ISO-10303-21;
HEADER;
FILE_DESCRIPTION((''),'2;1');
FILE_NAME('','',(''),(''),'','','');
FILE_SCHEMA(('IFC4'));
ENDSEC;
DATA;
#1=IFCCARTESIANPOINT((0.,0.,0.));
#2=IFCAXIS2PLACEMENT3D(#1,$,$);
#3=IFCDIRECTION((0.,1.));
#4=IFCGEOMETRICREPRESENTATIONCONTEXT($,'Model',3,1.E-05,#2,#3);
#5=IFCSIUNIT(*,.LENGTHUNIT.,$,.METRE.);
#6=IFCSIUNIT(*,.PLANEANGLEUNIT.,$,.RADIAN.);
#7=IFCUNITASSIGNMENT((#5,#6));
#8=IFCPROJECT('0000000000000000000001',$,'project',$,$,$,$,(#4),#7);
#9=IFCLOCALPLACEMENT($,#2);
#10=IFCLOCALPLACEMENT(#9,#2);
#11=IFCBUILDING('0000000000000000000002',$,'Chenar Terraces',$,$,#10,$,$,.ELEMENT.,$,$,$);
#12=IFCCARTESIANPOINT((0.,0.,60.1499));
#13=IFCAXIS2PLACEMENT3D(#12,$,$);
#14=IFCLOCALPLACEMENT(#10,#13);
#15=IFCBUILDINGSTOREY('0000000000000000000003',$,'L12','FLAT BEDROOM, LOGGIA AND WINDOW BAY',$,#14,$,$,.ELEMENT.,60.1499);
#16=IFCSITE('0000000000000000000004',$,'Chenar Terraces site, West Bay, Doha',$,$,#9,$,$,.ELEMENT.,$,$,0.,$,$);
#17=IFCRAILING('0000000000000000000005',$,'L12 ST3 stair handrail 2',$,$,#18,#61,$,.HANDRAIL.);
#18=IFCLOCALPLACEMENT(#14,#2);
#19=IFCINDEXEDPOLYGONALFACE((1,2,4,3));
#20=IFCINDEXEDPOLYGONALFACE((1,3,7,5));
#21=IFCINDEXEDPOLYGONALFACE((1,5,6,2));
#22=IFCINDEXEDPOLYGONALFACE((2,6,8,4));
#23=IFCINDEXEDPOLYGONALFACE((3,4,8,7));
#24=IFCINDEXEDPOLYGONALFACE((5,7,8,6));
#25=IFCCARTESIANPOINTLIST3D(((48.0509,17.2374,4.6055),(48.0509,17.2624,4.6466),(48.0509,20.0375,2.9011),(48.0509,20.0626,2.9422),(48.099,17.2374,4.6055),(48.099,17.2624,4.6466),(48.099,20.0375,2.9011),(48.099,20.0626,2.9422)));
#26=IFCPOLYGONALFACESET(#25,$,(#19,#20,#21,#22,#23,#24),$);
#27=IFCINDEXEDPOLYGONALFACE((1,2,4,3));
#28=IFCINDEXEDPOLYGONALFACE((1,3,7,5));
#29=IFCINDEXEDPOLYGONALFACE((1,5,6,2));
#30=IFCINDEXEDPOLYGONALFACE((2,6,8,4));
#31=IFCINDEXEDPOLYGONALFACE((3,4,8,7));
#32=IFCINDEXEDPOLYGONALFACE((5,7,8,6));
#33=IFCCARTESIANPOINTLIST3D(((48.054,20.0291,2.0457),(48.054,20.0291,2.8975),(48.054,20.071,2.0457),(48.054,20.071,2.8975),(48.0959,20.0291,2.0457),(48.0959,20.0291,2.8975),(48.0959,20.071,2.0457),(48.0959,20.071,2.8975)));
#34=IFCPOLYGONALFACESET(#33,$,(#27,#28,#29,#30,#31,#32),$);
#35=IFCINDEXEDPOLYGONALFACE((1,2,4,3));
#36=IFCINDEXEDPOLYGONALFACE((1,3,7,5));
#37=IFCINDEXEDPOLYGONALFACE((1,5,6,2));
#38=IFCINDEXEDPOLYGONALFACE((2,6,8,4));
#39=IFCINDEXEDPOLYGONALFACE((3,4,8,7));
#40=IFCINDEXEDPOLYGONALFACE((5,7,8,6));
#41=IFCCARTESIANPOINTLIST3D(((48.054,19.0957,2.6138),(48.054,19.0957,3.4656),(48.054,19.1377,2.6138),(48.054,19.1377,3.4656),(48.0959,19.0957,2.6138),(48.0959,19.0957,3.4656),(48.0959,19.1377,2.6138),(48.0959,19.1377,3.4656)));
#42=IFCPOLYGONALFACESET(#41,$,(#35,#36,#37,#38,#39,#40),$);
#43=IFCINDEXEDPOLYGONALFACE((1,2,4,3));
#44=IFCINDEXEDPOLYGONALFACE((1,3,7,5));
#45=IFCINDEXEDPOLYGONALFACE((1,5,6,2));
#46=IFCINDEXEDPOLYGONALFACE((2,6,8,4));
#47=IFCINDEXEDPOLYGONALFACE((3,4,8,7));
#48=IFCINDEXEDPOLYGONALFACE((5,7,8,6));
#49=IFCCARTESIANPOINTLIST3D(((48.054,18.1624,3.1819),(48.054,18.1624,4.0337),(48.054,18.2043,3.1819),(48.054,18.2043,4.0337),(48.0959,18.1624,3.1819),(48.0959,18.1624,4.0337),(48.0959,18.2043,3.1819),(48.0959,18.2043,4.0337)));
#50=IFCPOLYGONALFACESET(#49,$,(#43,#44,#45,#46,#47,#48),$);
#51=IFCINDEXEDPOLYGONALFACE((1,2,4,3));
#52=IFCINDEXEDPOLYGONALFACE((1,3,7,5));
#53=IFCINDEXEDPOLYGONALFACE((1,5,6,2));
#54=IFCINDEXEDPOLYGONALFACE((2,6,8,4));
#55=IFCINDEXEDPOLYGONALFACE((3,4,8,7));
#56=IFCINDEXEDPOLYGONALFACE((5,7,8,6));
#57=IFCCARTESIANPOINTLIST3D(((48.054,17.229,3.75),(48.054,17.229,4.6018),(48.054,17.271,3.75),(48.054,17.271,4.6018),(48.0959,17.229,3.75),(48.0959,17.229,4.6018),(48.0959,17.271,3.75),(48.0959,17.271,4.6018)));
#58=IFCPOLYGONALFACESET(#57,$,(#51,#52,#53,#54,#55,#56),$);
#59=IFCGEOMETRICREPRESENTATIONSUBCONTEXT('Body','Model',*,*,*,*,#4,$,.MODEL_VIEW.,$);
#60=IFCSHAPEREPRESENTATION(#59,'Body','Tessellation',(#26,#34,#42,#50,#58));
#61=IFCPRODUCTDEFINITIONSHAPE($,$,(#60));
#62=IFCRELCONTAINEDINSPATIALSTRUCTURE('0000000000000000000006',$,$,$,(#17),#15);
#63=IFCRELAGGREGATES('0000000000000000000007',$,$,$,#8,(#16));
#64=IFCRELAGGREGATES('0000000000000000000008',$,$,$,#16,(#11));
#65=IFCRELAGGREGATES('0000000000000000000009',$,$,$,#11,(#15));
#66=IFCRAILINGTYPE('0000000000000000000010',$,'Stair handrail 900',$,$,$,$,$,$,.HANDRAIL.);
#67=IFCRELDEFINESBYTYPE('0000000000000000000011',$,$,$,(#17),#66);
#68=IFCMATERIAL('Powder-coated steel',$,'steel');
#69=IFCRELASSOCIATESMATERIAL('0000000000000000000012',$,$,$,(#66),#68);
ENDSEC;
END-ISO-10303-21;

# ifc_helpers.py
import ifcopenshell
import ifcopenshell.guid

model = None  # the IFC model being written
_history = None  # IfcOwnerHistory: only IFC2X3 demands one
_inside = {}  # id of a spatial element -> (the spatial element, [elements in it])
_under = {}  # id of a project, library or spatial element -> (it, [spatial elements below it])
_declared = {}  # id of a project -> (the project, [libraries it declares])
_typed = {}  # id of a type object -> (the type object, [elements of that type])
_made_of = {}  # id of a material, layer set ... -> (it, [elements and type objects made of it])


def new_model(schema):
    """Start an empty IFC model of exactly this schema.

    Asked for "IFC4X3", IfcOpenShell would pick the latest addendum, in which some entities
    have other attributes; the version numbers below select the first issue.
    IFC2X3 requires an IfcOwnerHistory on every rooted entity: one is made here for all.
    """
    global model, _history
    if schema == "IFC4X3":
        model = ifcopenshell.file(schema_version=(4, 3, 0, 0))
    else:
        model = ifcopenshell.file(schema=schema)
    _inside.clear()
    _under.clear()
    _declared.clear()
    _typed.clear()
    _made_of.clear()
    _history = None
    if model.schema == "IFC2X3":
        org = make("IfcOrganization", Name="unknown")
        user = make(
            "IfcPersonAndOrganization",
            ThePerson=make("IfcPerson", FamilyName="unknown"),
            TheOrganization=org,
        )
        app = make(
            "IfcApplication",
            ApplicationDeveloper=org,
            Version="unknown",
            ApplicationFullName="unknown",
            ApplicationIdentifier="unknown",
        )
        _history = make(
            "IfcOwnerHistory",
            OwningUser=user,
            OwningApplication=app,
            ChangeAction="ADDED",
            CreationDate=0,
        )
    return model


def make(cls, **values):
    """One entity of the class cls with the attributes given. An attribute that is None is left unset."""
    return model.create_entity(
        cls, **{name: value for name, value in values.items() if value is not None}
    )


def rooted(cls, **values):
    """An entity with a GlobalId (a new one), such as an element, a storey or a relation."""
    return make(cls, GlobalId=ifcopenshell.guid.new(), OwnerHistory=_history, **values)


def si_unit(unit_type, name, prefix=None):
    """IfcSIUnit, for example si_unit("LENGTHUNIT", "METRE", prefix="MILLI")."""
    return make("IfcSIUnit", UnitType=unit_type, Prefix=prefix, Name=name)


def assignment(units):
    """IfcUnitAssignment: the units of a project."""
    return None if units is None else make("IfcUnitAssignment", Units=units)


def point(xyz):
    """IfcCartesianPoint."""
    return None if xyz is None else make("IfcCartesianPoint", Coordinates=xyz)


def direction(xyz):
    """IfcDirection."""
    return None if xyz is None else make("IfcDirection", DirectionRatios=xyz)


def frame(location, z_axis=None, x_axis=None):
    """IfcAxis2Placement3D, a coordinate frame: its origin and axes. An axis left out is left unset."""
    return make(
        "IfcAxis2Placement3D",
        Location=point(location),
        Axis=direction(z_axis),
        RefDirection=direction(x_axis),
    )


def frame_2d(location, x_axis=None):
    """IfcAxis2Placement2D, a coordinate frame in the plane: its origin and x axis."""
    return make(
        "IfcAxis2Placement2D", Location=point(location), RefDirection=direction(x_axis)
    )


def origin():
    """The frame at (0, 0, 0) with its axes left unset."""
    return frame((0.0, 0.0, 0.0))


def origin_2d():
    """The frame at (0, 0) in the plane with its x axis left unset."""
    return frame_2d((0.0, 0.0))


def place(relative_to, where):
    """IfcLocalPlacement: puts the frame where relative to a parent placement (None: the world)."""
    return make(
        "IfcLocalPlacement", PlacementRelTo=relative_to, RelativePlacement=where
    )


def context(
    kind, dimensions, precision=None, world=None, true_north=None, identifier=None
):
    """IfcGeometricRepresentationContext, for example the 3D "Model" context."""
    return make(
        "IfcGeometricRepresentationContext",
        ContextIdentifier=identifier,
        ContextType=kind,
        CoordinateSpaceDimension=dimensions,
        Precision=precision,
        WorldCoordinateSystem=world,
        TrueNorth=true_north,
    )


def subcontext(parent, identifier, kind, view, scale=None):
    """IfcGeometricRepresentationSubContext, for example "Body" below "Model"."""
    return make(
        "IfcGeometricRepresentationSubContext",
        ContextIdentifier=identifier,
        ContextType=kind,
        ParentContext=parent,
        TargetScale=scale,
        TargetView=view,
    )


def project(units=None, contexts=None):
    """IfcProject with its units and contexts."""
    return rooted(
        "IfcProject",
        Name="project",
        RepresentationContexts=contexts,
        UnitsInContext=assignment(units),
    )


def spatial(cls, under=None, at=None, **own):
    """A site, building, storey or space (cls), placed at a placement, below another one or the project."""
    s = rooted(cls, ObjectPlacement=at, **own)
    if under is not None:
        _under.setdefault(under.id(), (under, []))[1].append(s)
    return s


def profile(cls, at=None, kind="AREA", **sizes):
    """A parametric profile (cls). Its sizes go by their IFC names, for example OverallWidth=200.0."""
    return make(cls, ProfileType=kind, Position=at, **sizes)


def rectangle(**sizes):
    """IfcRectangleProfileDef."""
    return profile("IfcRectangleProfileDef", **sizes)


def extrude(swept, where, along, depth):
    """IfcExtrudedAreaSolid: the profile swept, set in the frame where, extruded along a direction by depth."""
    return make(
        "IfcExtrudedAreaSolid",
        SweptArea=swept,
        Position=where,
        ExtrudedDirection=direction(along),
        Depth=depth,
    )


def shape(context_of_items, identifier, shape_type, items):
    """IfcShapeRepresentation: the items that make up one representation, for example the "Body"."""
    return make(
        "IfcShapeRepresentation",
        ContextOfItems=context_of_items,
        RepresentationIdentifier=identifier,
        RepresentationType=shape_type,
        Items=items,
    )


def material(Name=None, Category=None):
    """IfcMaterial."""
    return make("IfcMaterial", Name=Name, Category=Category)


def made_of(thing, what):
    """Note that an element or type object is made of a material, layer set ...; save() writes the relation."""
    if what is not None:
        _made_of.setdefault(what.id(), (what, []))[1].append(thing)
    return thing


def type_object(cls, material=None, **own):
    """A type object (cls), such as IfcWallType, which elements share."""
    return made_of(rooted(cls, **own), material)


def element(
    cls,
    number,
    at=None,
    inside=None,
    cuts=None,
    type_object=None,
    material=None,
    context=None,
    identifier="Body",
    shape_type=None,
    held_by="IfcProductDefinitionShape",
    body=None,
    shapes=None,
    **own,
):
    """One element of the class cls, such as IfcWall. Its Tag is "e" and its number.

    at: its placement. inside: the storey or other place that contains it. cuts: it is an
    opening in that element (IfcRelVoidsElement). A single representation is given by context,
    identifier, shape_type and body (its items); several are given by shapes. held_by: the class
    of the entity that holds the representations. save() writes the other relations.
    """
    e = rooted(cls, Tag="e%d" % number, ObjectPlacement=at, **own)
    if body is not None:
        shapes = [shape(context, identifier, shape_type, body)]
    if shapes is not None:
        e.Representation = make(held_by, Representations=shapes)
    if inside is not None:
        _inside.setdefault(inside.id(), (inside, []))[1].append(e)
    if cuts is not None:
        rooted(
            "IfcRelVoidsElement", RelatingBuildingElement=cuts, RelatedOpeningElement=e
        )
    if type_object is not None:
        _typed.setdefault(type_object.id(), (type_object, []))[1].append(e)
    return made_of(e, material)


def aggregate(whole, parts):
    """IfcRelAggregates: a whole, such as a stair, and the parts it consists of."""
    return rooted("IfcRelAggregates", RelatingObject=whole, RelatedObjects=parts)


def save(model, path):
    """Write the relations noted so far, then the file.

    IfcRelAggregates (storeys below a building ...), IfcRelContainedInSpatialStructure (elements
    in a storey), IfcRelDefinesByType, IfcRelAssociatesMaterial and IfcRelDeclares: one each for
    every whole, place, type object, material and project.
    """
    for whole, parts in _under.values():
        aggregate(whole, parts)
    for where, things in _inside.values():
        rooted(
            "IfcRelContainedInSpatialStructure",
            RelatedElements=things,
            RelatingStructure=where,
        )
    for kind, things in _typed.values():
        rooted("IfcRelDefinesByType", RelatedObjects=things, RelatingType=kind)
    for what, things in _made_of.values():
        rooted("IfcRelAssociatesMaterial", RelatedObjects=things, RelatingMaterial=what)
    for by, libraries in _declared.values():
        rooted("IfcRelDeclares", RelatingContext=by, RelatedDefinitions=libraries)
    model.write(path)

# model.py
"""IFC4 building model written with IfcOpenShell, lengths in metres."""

from ifc_helpers import new_model, si_unit, direction, frame, origin, origin_2d, place, context, subcontext, project, spatial, rectangle, extrude, material, type_object, element, save


model = new_model("IFC4")

# Units and contexts
model_context = context("Model", 3, precision=1e-05, world=origin(), true_north=direction((0.0, 1.0)))
body_context = subcontext(model_context, "Body", "Model", "MODEL_VIEW")
ifc_project = project(units=[si_unit("LENGTHUNIT", "METRE"), si_unit("PLANEANGLEUNIT", "RADIAN")], contexts=[model_context])

# Site, building, storey
site_placement = place(None, origin())
site = spatial("IfcSite", under=ifc_project, at=site_placement, Name="Chenar Terraces site, West Bay, Doha", CompositionType="ELEMENT", RefElevation=0.0)
building_placement = place(site_placement, origin())
building = spatial("IfcBuilding", under=site, at=building_placement, Name="Chenar Terraces", CompositionType="ELEMENT")
storey_placement = place(building_placement, frame((0.0, 0.0, 60.1499)))
storey = spatial("IfcBuildingStorey", under=building, at=storey_placement, Name="L12", Description="FLAT BEDROOM, LOGGIA AND WINDOW BAY", CompositionType="ELEMENT", Elevation=60.1499)

# Railing
ifc_material_1 = material(Name="Powder-coated steel", Category="steel")
railing_type_1 = type_object("IfcRailingType", Name="Stair handrail 900", PredefinedType="HANDRAIL", material=ifc_material_1)
railing_1_placement = place(storey_placement, frame((48.075, 20.05, 2.0457)))
element("IfcRailing", 1, at=railing_1_placement, inside=storey, type_object=railing_type_1, Name="L12 ST3 stair handrail 2", PredefinedType="HANDRAIL", context=body_context, shape_type="SweptSolid", body=[
    extrude(rectangle(XDim=0.0481, YDim=0.0481, at=origin_2d()), frame((0.0, 0.0, 0.876), z_axis=(0.0, -0.854203, 0.51994), x_axis=(1.0, 0.0, 0.0)), (0.0, 0.0, 1.0), 3.2781),
    extrude(rectangle(XDim=0.042, YDim=0.042, at=origin_2d()), origin(), (0.0, 0.0, 1.0), 0.8518),
    extrude(rectangle(XDim=0.042, YDim=0.042, at=origin_2d()), frame((0.0, -0.9333, 0.5681)), (0.0, 0.0, 1.0), 0.8518),
    extrude(rectangle(XDim=0.042, YDim=0.042, at=origin_2d()), frame((0.0, -1.8667, 1.1362)), (0.0, 0.0, 1.0), 0.8518),
    extrude(rectangle(XDim=0.042, YDim=0.042, at=origin_2d()), frame((0.0, -2.8, 1.7043)), (0.0, 0.0, 1.0), 0.8518),
])

save(model, "model.ifc")
